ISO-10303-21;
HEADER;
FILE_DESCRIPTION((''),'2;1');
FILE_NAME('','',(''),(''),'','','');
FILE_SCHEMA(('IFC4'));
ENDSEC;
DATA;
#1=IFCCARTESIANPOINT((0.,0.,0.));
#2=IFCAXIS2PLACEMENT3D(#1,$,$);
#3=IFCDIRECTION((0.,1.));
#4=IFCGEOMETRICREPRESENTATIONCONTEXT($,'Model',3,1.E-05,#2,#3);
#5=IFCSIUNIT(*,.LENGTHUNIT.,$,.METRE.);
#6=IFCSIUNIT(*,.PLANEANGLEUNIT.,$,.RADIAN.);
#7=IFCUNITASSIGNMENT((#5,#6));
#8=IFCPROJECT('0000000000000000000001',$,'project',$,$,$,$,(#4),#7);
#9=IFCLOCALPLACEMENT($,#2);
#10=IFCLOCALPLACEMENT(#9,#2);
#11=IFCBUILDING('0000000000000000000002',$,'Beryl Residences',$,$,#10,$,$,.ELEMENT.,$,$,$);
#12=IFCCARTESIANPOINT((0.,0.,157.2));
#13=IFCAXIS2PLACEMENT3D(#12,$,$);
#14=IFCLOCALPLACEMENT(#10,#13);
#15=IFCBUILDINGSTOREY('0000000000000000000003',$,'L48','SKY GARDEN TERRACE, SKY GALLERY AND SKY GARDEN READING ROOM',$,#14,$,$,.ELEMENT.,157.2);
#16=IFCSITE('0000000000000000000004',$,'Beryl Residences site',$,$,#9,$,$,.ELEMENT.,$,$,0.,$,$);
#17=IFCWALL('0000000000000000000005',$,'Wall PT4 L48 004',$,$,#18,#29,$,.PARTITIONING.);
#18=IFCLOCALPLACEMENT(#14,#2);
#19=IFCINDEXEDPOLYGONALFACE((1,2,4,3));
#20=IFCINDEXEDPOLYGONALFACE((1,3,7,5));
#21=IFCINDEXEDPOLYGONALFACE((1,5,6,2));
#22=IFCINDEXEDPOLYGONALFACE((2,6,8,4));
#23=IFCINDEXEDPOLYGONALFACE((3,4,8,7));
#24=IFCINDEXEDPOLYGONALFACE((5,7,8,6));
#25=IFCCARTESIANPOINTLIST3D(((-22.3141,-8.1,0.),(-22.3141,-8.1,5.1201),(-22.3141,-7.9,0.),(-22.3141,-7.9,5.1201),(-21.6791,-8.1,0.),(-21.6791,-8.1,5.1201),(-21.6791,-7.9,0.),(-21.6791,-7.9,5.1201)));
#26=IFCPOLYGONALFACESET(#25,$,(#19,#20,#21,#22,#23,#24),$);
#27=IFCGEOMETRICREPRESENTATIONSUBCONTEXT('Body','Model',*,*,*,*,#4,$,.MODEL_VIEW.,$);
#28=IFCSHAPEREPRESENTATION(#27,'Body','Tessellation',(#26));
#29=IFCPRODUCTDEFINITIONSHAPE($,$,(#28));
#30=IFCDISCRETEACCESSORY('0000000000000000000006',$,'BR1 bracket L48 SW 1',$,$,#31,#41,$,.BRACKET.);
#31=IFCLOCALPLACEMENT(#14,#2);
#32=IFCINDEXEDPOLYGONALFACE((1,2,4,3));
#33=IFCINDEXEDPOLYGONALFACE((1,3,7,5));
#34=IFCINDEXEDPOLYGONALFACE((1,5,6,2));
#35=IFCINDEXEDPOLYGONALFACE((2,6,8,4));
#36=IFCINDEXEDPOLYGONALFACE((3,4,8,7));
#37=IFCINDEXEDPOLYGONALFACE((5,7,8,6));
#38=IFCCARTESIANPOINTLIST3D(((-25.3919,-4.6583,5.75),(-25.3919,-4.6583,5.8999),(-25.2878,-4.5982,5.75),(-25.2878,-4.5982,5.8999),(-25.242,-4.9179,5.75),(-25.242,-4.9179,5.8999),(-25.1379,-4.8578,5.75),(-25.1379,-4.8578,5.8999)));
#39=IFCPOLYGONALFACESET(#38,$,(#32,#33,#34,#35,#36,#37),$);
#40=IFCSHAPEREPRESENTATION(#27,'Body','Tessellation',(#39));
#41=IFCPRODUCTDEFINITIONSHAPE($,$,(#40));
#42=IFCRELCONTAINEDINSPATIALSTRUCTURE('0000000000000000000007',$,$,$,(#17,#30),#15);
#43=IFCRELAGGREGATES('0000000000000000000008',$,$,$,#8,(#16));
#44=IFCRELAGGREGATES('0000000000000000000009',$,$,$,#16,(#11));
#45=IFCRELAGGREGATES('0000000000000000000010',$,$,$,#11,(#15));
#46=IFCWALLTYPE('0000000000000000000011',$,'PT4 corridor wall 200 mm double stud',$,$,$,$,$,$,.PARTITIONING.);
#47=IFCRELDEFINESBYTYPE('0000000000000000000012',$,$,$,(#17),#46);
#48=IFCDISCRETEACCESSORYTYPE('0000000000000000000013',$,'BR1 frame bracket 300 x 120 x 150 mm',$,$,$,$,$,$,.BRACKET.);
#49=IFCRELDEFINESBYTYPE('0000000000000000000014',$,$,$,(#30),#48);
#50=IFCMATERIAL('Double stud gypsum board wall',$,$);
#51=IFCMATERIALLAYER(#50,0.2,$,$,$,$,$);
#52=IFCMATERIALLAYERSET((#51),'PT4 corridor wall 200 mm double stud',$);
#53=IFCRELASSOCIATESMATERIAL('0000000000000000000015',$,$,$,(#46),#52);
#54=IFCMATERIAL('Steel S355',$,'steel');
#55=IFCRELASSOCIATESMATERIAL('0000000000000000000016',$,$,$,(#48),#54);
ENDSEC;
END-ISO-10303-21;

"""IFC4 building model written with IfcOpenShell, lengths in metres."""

from ifc_helpers import new_model, si_unit, direction, frame, frame_2d, origin, place, context, subcontext, project, spatial, polyline, rectangle, outline, extrude, source, transform, mapped, material, layer, layer_set, type_object, type_shapes, element, save


model = new_model("IFC4")

# Units and contexts
model_context = context("Model", 3, precision=1e-05, world=origin(), true_north=direction((0.0, 1.0)))
body_context = subcontext(model_context, "Body", "Model", "MODEL_VIEW")
ifc_project = project(units=[si_unit("LENGTHUNIT", "METRE"), si_unit("PLANEANGLEUNIT", "RADIAN")], contexts=[model_context])

# Site, building, storey
site_placement = place(None, origin())
site = spatial("IfcSite", under=ifc_project, at=site_placement, Name="Beryl Residences site", CompositionType="ELEMENT", RefElevation=0.0)
building_placement = place(site_placement, origin())
building = spatial("IfcBuilding", under=site, at=building_placement, Name="Beryl Residences", CompositionType="ELEMENT")
storey_placement = place(building_placement, frame((0.0, 0.0, 157.2)))
storey = spatial("IfcBuildingStorey", under=building, at=storey_placement, Name="L48", Description="SKY GARDEN TERRACE, SKY GALLERY AND SKY GARDEN READING ROOM", CompositionType="ELEMENT", Elevation=157.2)

# Wall
ifc_material_1 = material(Name="Double stud gypsum board wall")
ifc_layer_1 = layer(ifc_material_1, 0.2)
ifc_layer_set_1 = layer_set([ifc_layer_1], Name="PT4 corridor wall 200 mm double stud")
wall_type = type_object("IfcWallType", Name="PT4 corridor wall 200 mm double stud", PredefinedType="PARTITIONING", material=ifc_layer_set_1)
wall_1_placement = place(storey_placement, frame((-22.314, -8.0, 0.0), z_axis=(0.0, 0.0, 1.0), x_axis=(1.0, 0.0, 0.0)))
element("IfcWall", 1, at=wall_1_placement, inside=storey, type_object=wall_type, Name="Wall PT4 L48 004", PredefinedType="PARTITIONING", context=body_context, shape_type="SweptSolid", body=[
    extrude(rectangle(XDim=0.635, YDim=0.2, at=frame_2d((0.3174, 0.0))), origin(), (0.0, 0.0, 1.0), 5.1201),
])

# Discrete accessory
ifc_material_2 = material(Name="Steel S355", Category="steel")
discrete_accessory_type = type_object("IfcDiscreteAccessoryType", Name="BR1 frame bracket 300 x 120 x 150 mm", PredefinedType="BRACKET", material=ifc_material_2)
shared_shape_1 = source(origin(), body_context, "Body", "SweptSolid", [
    extrude(outline(polyline([(-0.1499, 0.0), (0.1499, 0.0), (0.1499, 0.1201), (-0.1499, 0.1201), (-0.1499, 0.0)])), origin(), (0.0, 0.0, 1.0), 0.1499),
])
type_shapes(discrete_accessory_type, [shared_shape_1])
discrete_accessory_placement = place(storey_placement, frame((-25.2129, -4.728, 5.75), z_axis=(0.0, 0.0, 1.0), x_axis=(-0.5, 0.866025, 0.0)))
element("IfcDiscreteAccessory", 2, at=discrete_accessory_placement, inside=storey, type_object=discrete_accessory_type, Name="BR1 bracket L48 SW 1", PredefinedType="BRACKET", context=body_context, shape_type="MappedRepresentation", body=[
    mapped(shared_shape_1, transform((0.0, 0.0, 0.0))),
])

save(model, "model.ifc")
